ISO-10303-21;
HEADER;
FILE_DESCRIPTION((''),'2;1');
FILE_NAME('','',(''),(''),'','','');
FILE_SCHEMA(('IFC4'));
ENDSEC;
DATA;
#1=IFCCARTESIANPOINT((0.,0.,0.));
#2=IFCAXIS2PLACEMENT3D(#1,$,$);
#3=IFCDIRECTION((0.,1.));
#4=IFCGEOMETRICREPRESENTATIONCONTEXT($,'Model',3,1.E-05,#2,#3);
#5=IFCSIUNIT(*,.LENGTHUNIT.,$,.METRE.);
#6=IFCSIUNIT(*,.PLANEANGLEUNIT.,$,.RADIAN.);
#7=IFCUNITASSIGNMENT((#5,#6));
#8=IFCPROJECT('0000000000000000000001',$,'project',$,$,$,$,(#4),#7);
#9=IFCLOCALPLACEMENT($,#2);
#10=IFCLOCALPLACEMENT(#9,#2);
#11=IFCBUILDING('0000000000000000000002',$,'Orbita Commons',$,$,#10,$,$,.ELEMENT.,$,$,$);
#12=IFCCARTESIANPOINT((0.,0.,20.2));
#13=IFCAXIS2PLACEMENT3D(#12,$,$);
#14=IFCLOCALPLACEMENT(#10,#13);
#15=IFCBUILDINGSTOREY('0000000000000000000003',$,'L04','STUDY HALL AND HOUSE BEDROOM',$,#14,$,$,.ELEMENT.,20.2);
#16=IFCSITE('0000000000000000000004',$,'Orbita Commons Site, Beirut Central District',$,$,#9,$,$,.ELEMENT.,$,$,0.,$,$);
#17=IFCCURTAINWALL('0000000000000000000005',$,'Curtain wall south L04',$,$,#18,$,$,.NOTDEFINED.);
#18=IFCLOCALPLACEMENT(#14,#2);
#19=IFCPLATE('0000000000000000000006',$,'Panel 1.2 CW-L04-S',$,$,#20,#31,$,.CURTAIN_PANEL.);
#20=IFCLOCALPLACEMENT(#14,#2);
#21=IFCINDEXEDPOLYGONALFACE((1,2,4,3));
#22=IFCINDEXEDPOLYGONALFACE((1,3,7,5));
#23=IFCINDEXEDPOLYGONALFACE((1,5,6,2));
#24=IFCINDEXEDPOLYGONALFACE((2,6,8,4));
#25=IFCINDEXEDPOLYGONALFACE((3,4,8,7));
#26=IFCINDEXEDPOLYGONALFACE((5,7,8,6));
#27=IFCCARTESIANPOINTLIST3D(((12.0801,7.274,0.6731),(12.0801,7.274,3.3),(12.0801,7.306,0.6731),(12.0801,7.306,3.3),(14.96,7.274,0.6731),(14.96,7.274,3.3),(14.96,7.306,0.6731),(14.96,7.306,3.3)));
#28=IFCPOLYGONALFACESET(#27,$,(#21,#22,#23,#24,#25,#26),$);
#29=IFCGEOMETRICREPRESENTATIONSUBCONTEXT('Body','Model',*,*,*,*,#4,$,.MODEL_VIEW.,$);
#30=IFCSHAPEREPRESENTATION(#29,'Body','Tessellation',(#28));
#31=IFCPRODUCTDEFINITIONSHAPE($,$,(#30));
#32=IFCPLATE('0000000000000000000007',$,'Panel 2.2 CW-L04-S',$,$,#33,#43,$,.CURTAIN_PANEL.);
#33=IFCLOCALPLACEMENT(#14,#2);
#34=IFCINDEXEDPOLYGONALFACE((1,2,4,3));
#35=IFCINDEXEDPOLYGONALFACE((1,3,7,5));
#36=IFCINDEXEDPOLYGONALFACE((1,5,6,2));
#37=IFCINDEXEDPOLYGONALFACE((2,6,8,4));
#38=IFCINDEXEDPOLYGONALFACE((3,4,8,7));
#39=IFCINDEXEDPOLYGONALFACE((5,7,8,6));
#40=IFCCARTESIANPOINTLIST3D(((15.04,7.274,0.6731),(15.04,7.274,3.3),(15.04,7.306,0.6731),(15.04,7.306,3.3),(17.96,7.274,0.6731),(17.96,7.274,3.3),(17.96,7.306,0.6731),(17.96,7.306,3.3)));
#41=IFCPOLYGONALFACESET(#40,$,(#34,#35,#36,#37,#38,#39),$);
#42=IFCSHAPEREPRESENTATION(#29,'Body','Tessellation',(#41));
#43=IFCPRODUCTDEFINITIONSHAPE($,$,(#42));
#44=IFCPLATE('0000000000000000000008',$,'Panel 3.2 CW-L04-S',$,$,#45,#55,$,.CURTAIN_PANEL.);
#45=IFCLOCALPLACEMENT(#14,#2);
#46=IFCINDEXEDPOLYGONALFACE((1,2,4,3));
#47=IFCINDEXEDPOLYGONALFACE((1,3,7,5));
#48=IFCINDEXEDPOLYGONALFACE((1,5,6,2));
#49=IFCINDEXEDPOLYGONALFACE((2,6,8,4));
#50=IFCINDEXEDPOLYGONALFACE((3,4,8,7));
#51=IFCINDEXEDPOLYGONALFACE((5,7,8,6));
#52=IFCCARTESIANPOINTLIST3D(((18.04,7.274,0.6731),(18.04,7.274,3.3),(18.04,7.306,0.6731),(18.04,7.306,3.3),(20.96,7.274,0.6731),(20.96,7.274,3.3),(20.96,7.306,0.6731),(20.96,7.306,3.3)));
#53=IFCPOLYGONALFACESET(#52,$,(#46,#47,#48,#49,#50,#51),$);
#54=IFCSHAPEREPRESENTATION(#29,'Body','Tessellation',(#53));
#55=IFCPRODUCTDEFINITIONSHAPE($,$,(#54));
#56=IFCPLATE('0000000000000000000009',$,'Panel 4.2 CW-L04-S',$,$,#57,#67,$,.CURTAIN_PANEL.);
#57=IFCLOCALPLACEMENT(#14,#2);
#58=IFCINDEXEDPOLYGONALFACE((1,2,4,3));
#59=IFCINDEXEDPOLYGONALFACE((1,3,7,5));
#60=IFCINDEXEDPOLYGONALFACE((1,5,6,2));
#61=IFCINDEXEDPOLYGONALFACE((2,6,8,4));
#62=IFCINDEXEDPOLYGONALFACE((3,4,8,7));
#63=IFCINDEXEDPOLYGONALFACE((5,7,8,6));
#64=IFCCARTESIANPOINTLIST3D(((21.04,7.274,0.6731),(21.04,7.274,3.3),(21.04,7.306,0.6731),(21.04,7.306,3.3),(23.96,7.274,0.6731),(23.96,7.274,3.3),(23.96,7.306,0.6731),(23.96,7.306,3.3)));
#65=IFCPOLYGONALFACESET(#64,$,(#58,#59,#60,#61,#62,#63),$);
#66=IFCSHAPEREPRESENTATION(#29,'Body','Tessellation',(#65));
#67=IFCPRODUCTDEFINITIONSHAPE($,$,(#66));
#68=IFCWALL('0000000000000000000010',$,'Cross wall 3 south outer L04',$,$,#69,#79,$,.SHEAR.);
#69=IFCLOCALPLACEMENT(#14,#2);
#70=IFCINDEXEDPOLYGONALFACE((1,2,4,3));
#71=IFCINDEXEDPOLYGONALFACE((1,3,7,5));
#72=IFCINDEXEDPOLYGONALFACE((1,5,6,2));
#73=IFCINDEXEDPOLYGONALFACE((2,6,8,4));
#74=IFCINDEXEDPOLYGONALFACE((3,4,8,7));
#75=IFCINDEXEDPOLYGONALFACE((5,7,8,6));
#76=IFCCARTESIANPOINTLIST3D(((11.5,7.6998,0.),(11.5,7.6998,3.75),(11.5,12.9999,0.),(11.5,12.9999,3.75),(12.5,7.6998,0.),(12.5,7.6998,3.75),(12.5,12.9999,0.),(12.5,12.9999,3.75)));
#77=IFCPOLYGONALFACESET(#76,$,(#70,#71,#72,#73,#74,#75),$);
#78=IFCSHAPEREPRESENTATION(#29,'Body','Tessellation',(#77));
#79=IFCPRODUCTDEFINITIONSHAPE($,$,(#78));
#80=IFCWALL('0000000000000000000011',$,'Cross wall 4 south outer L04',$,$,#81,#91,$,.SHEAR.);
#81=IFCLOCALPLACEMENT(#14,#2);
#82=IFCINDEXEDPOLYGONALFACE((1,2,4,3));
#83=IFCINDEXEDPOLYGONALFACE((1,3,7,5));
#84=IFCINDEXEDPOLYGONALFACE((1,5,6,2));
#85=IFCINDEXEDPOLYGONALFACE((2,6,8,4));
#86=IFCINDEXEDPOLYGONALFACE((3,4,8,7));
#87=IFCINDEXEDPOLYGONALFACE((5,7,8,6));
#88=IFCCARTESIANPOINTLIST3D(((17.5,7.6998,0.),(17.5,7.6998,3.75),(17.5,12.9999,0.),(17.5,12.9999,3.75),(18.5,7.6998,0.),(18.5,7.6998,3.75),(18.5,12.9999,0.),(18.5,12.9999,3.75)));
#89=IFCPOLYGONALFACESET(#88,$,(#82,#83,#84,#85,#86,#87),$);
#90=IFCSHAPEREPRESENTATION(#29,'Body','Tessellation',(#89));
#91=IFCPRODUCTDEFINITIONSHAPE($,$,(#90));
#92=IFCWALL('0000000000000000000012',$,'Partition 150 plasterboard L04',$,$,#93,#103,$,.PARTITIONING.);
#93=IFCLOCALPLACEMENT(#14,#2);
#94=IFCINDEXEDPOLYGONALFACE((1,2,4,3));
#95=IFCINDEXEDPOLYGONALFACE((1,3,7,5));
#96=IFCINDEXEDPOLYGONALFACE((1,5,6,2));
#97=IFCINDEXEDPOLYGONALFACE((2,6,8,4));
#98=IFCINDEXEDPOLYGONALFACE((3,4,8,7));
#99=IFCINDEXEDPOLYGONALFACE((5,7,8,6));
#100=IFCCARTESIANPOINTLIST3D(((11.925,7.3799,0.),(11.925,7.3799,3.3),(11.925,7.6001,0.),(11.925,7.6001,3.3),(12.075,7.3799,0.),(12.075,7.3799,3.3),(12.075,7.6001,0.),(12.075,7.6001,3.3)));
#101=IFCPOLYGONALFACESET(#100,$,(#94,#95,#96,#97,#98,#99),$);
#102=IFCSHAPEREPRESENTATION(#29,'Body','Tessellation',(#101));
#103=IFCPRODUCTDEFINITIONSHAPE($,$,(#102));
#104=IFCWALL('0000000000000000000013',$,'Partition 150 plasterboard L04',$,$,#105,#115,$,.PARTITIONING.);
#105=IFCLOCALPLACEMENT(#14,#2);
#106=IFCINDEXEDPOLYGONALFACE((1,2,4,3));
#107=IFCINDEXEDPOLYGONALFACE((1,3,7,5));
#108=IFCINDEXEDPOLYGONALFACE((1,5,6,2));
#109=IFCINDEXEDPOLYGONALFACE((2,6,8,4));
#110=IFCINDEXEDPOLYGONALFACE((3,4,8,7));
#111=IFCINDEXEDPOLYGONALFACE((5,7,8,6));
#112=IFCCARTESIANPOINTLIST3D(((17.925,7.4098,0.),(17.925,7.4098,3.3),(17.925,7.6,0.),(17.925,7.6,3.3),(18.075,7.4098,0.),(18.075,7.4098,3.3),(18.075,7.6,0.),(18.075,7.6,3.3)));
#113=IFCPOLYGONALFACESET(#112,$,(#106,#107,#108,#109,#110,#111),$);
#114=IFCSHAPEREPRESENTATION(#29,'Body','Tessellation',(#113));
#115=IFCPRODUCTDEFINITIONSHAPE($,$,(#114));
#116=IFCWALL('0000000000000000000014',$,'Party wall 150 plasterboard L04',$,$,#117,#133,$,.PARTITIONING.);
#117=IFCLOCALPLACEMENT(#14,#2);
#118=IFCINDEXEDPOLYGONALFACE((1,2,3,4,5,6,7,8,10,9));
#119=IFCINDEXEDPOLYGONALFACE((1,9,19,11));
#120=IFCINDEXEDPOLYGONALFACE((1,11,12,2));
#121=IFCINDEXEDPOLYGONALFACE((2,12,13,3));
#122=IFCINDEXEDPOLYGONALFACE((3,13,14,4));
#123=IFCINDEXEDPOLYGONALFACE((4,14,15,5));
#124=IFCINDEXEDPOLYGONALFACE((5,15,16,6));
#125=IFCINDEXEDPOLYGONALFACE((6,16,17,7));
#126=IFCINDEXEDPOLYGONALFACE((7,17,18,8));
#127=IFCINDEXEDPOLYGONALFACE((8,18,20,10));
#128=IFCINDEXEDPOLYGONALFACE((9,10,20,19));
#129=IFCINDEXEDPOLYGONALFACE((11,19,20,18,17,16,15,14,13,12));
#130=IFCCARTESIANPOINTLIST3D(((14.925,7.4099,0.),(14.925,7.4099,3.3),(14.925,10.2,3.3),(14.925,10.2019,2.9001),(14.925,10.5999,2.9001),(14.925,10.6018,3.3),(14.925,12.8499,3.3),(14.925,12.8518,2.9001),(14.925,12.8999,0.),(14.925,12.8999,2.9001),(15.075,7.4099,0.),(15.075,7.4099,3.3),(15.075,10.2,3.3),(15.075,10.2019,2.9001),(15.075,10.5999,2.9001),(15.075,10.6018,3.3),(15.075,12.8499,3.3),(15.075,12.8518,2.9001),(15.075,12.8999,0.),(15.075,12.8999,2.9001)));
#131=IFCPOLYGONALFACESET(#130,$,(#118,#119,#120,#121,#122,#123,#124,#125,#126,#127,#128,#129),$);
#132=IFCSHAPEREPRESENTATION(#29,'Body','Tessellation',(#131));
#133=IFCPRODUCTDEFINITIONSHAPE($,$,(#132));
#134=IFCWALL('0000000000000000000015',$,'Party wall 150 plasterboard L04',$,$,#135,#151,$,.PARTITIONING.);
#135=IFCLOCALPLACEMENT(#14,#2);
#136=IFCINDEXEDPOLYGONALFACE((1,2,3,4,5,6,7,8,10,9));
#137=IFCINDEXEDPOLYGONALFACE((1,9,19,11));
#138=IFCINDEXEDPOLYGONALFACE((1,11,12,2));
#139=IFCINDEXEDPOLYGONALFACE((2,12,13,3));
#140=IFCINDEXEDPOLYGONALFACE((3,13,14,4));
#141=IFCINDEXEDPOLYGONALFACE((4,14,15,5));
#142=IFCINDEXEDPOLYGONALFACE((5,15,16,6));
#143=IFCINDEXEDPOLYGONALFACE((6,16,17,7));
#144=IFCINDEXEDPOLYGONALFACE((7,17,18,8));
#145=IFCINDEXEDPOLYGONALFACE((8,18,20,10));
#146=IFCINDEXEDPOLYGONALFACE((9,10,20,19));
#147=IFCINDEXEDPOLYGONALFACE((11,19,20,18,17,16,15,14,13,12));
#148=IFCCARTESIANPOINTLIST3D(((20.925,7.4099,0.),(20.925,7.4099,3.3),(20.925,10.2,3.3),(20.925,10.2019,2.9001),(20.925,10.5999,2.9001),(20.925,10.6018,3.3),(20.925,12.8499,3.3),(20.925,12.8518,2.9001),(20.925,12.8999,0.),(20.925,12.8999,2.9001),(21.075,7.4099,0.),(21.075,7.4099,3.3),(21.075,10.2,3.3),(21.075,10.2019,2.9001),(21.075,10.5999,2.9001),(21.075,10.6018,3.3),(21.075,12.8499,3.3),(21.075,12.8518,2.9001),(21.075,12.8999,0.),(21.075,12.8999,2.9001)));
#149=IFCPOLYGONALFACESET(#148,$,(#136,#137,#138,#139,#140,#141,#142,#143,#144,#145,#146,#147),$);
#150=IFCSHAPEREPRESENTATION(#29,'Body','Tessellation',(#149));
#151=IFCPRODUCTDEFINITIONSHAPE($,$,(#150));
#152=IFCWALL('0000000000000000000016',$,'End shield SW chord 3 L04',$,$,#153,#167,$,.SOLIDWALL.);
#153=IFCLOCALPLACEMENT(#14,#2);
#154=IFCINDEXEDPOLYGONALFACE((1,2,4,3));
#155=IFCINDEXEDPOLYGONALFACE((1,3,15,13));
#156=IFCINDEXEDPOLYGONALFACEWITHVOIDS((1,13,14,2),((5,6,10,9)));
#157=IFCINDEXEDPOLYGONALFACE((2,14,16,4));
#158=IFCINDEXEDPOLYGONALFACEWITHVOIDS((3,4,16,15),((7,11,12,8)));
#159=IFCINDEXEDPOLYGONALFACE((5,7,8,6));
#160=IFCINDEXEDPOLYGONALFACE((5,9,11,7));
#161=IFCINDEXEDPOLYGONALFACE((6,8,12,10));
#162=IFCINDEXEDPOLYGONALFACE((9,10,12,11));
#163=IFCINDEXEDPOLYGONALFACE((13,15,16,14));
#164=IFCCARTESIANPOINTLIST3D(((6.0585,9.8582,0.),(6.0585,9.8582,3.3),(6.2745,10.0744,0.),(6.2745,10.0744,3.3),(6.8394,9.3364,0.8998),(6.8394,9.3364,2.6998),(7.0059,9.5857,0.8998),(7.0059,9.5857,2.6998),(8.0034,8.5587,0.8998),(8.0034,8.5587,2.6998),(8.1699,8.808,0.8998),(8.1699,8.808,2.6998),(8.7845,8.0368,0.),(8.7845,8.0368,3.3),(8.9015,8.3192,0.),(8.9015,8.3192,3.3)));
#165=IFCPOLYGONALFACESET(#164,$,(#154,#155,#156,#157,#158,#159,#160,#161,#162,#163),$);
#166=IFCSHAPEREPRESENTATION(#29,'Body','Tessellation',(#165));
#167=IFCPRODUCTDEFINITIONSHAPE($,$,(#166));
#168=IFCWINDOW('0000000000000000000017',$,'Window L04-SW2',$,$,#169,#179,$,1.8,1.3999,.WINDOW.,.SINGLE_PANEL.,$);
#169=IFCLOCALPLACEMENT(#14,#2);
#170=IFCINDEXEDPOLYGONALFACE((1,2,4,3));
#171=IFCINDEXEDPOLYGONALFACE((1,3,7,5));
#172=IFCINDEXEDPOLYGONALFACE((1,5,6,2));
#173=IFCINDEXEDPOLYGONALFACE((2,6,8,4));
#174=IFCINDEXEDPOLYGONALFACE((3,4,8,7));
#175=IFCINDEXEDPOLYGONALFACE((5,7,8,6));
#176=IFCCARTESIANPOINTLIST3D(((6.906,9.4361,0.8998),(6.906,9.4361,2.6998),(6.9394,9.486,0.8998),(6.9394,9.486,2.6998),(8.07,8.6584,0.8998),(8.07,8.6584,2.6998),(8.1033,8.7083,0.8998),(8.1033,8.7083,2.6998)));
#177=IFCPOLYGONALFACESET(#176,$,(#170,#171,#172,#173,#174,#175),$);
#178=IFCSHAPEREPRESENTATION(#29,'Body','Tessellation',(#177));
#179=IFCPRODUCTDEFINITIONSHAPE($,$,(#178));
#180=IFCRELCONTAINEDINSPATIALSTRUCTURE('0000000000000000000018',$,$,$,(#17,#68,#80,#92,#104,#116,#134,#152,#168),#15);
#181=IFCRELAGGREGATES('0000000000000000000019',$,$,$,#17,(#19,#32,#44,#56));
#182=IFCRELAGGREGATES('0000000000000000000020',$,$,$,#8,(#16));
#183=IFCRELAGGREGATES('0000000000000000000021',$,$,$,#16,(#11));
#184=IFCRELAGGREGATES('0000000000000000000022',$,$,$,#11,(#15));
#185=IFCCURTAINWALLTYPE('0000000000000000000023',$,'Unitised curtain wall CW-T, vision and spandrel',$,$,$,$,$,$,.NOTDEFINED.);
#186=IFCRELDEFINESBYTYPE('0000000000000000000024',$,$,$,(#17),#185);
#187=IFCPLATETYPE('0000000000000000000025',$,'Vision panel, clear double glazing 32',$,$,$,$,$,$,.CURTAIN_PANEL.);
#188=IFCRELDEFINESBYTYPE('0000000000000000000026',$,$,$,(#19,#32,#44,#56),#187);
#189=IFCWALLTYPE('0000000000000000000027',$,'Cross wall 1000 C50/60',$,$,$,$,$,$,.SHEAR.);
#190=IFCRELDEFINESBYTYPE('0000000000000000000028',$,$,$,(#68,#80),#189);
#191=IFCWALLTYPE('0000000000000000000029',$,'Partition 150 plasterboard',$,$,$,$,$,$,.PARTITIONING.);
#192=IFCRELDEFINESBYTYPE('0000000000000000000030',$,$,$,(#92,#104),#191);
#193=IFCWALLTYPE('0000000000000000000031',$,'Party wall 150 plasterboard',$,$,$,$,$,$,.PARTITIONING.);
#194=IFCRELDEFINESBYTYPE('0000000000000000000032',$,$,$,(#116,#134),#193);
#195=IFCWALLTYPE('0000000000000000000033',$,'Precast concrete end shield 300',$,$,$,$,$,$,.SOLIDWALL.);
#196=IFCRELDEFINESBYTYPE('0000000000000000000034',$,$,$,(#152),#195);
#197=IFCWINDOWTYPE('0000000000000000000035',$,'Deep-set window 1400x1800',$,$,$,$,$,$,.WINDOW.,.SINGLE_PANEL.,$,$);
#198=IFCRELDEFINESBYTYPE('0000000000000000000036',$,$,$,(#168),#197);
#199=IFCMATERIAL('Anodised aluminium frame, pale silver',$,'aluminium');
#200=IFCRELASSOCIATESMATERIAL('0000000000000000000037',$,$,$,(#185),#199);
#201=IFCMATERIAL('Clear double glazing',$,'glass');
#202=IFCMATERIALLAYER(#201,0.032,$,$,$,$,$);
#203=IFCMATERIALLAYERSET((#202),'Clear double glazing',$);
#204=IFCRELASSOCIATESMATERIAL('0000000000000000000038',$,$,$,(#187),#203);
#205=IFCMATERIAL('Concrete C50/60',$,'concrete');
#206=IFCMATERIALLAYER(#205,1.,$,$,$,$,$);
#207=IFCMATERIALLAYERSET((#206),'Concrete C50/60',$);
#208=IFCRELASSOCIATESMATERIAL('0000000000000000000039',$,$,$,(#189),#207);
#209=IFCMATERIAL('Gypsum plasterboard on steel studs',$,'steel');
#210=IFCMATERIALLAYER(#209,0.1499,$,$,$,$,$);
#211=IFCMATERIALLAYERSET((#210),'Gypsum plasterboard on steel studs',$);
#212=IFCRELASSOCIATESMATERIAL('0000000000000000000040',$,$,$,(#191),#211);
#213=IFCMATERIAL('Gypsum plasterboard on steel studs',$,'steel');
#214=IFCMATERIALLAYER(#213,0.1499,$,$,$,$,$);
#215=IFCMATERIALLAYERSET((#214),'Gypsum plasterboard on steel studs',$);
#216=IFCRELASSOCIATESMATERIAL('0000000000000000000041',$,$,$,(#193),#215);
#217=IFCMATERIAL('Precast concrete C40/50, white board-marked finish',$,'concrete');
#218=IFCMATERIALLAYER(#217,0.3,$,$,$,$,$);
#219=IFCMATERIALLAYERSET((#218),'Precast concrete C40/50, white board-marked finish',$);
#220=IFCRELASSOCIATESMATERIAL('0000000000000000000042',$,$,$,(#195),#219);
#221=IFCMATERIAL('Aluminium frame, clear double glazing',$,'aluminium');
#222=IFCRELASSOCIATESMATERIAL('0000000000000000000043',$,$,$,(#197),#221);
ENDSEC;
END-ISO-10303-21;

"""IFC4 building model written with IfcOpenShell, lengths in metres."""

from ifc_helpers import new_model, si_unit, direction, frame, frame_2d, origin, origin_2d, place, context, subcontext, project, spatial, polyline, rectangle, outline, extrude, material, layer, layer_set, type_object, element, fill, aggregate, save


model = new_model("IFC4")

# Units and contexts
model_context = context("Model", 3, precision=1e-05, world=origin(), true_north=direction((0.0, 1.0)))
body_context = subcontext(model_context, "Body", "Model", "MODEL_VIEW")
ifc_project = project(units=[si_unit("LENGTHUNIT", "METRE"), si_unit("PLANEANGLEUNIT", "RADIAN")], contexts=[model_context])

# Site, building, storey
site_placement = place(None, origin())
site = spatial("IfcSite", under=ifc_project, at=site_placement, Name="Orbita Commons Site, Beirut Central District", CompositionType="ELEMENT", RefElevation=0.0)
building_placement = place(site_placement, origin())
building = spatial("IfcBuilding", under=site, at=building_placement, Name="Orbita Commons", CompositionType="ELEMENT")
storey_placement = place(building_placement, frame((0.0, 0.0, 20.2)))
storey = spatial("IfcBuildingStorey", under=building, at=storey_placement, Name="L04", Description="STUDY HALL AND HOUSE BEDROOM", CompositionType="ELEMENT", Elevation=20.2)

# Curtain wall
ifc_material_1 = material(Name="Anodised aluminium frame, pale silver", Category="aluminium")
curtain_wall_type = type_object("IfcCurtainWallType", Name="Unitised curtain wall CW-T, vision and spandrel", PredefinedType="NOTDEFINED", material=ifc_material_1)
curtain_wall_placement = place(storey_placement, origin())
curtain_wall = element("IfcCurtainWall", 1, at=curtain_wall_placement, inside=storey, type_object=curtain_wall_type, Name="Curtain wall south L04", PredefinedType="NOTDEFINED")

# Plates
ifc_material_2 = material(Name="Clear double glazing", Category="glass")
ifc_layer_1 = layer(ifc_material_2, 0.032)
ifc_layer_set_1 = layer_set([ifc_layer_1], Name="Clear double glazing")
plate_type_1 = type_object("IfcPlateType", Name="Vision panel, clear double glazing 32", PredefinedType="CURTAIN_PANEL", material=ifc_layer_set_1)
plate_1_placement = place(storey_placement, frame((13.52, 7.29, 0.6731), z_axis=(0.0, 0.0, 1.0), x_axis=(1.0, 0.0, 0.0)))
plate_1 = element("IfcPlate", 2, at=plate_1_placement, type_object=plate_type_1, Name="Panel 1.2 CW-L04-S", PredefinedType="CURTAIN_PANEL", context=body_context, shape_type="SweptSolid", body=[
    extrude(rectangle(XDim=2.8799, YDim=0.032, at=origin_2d()), origin(), (0.0, 0.0, 1.0), 2.627),
])
plate_2_placement = place(storey_placement, frame((16.5, 7.29, 0.6731), z_axis=(0.0, 0.0, 1.0), x_axis=(1.0, 0.0, 0.0)))
plate_2 = element("IfcPlate", 3, at=plate_2_placement, type_object=plate_type_1, Name="Panel 2.2 CW-L04-S", PredefinedType="CURTAIN_PANEL", context=body_context, shape_type="SweptSolid", body=[
    extrude(rectangle(XDim=2.9199, YDim=0.032, at=origin_2d()), origin(), (0.0, 0.0, 1.0), 2.627),
])
plate_3_placement = place(storey_placement, frame((19.5, 7.29, 0.6731), z_axis=(0.0, 0.0, 1.0), x_axis=(1.0, 0.0, 0.0)))
plate_3 = element("IfcPlate", 4, at=plate_3_placement, type_object=plate_type_1, Name="Panel 3.2 CW-L04-S", PredefinedType="CURTAIN_PANEL", context=body_context, shape_type="SweptSolid", body=[
    extrude(rectangle(XDim=2.9199, YDim=0.032, at=origin_2d()), origin(), (0.0, 0.0, 1.0), 2.627),
])
plate_4_placement = place(storey_placement, frame((22.5, 7.29, 0.6731), z_axis=(0.0, 0.0, 1.0), x_axis=(1.0, 0.0, 0.0)))
plate_4 = element("IfcPlate", 5, at=plate_4_placement, type_object=plate_type_1, Name="Panel 4.2 CW-L04-S", PredefinedType="CURTAIN_PANEL", context=body_context, shape_type="SweptSolid", body=[
    extrude(rectangle(XDim=2.9199, YDim=0.032, at=origin_2d()), origin(), (0.0, 0.0, 1.0), 2.627),
])
aggregate(curtain_wall, [plate_1, plate_2, plate_3, plate_4])

# Walls
ifc_material_3 = material(Name="Concrete C50/60", Category="concrete")
ifc_layer_2 = layer(ifc_material_3, 1.0)
ifc_layer_set_2 = layer_set([ifc_layer_2], Name="Concrete C50/60")
wall_type_1 = type_object("IfcWallType", Name="Cross wall 1000 C50/60", PredefinedType="SHEAR", material=ifc_layer_set_2)
for number, where, z_axis, x_axis, name in (
    (6, (12.0, 7.7, 0.0), (0.0, 0.0, 1.0), (0.0, 1.0, 0.0), "Cross wall 3 south outer L04"),
    (7, (18.0, 7.7, 0.0), (0.0, 0.0, 1.0), (0.0, 1.0, 0.0), "Cross wall 4 south outer L04"),
):
    element("IfcWall", number, at=place(storey_placement, frame(where, z_axis=z_axis, x_axis=x_axis)), inside=storey, type_object=wall_type_1, Name=name, PredefinedType="SHEAR", context=body_context, shape_type="SweptSolid", body=[
        extrude(rectangle(XDim=5.3, YDim=1.0, at=frame_2d((2.6499, 0.0))), origin(), (0.0, 0.0, 1.0), 3.75),
    ])
ifc_material_4 = material(Name="Gypsum plasterboard on steel studs", Category="steel")
ifc_layer_3 = layer(ifc_material_4, 0.1499)
ifc_layer_set_3 = layer_set([ifc_layer_3], Name="Gypsum plasterboard on steel studs")
wall_type_2 = type_object("IfcWallType", Name="Partition 150 plasterboard", PredefinedType="PARTITIONING", material=ifc_layer_set_3)
wall_1_placement = place(storey_placement, frame((12.0, 7.6001, 0.0), z_axis=(0.0, 0.0, 1.0), x_axis=(0.0, -1.0, 0.0)))
element("IfcWall", 8, at=wall_1_placement, inside=storey, type_object=wall_type_2, Name="Partition 150 plasterboard L04", PredefinedType="PARTITIONING", context=body_context, shape_type="SweptSolid", body=[
    extrude(rectangle(XDim=0.2202, YDim=0.1499, at=frame_2d((0.1101, 0.0))), origin(), (0.0, 0.0, 1.0), 3.3),
])
wall_2_placement = place(storey_placement, frame((18.0, 7.6001, 0.0), z_axis=(0.0, 0.0, 1.0), x_axis=(0.0, -1.0, 0.0)))
element("IfcWall", 9, at=wall_2_placement, inside=storey, type_object=wall_type_2, Name="Partition 150 plasterboard L04", PredefinedType="PARTITIONING", context=body_context, shape_type="SweptSolid", body=[
    extrude(rectangle(XDim=0.1902, YDim=0.1499, at=frame_2d((0.0952, 0.0))), origin(), (0.0, 0.0, 1.0), 3.3),
])
ifc_material_5 = material(Name="Gypsum plasterboard on steel studs", Category="steel")
ifc_layer_4 = layer(ifc_material_5, 0.1499)
ifc_layer_set_4 = layer_set([ifc_layer_4], Name="Gypsum plasterboard on steel studs")
wall_type_3 = type_object("IfcWallType", Name="Party wall 150 plasterboard", PredefinedType="PARTITIONING", material=ifc_layer_set_4)
for number, where, z_axis, x_axis, name in (
    (10, (15.0, 7.4099, 0.0), (0.0, 0.0, 1.0), (0.0, 1.0, 0.0), "Party wall 150 plasterboard L04"),
    (11, (21.0, 7.4099, 0.0), (0.0, 0.0, 1.0), (0.0, 1.0, 0.0), "Party wall 150 plasterboard L04"),
):
    element("IfcWall", number, at=place(storey_placement, frame(where, z_axis=z_axis, x_axis=x_axis)), inside=storey, type_object=wall_type_3, Name=name, PredefinedType="PARTITIONING", context=body_context, shape_type="SweptSolid", body=[
        extrude(outline(polyline([(0.0, 0.0), (5.49, 0.0), (5.49, 2.9001), (5.4419, 2.9001), (5.4399, 3.3), (3.1919, 3.3), (3.1899, 2.9001), (2.792, 2.9001), (2.79, 3.3), (0.0, 3.3), (0.0, 0.0)])), frame((0.0, 0.075, 0.0), z_axis=(0.0, -1.0, 0.0), x_axis=(1.0, 0.0, 0.0)), (0.0, 0.0, 1.0), 0.1499),
    ])

# Wall, opening, window
ifc_material_6 = material(Name="Precast concrete C40/50, white board-marked finish", Category="concrete")
ifc_layer_5 = layer(ifc_material_6, 0.3)
ifc_layer_set_5 = layer_set([ifc_layer_5], Name="Precast concrete C40/50, white board-marked finish")
wall_type_4 = type_object("IfcWallType", Name="Precast concrete end shield 300", PredefinedType="SOLIDWALL", material=ifc_layer_set_5)
wall_3_placement = place(storey_placement, frame((6.1665, 9.9663, 0.0), z_axis=(0.0, 0.0, 1.0), x_axis=(0.831478, -0.555558, 0.0)))
wall_3 = element("IfcWall", 12, at=wall_3_placement, inside=storey, type_object=wall_type_4, Name="End shield SW chord 3 L04", PredefinedType="SOLIDWALL", context=body_context, shape_type="SweptSolid", body=[
    extrude(outline(polyline([(-0.0298, -0.1499), (3.2488, -0.1499), (3.1892, 0.1499), (0.0298, 0.1499), (-0.0298, -0.1499)])), origin(), (0.0, 0.0, 1.0), 3.3),
])
opening_1_placement = place(wall_3_placement, frame((0.9094, 0.0, 0.8999)))
opening_1 = element("IfcOpeningElement", 13, at=opening_1_placement, cuts=wall_3, PredefinedType="OPENING", context=body_context, shape_type="SweptSolid", body=[
    extrude(rectangle(XDim=1.3999, YDim=1.8, at=frame_2d((0.7, 0.8999))), frame((0.0, 0.1599, 0.0), z_axis=(0.0, -1.0, 0.0), x_axis=(1.0, 0.0, 0.0)), (0.0, 0.0, 1.0), 0.3201),
])
ifc_material_7 = material(Name="Aluminium frame, clear double glazing", Category="aluminium")
window_type = type_object("IfcWindowType", Name="Deep-set window 1400x1800", PartitioningType="SINGLE_PANEL", PredefinedType="WINDOW", material=ifc_material_7)
window_1_placement = place(opening_1_placement, origin())
window_1 = element("IfcWindow", 14, at=window_1_placement, inside=storey, type_object=window_type, Name="Window L04-SW2", OverallHeight=1.8, OverallWidth=1.3999, PartitioningType="SINGLE_PANEL", PredefinedType="WINDOW", context=body_context, shape_type="SweptSolid", body=[
    extrude(rectangle(XDim=1.3999, YDim=1.8, at=frame_2d((0.7, 0.8999))), frame((0.0, 0.03, 0.0), z_axis=(0.0, -1.0, 0.0), x_axis=(1.0, 0.0, 0.0)), (0.0, 0.0, 1.0), 0.0601),
])
fill(opening_1, window_1)

save(model, "model.ifc")
